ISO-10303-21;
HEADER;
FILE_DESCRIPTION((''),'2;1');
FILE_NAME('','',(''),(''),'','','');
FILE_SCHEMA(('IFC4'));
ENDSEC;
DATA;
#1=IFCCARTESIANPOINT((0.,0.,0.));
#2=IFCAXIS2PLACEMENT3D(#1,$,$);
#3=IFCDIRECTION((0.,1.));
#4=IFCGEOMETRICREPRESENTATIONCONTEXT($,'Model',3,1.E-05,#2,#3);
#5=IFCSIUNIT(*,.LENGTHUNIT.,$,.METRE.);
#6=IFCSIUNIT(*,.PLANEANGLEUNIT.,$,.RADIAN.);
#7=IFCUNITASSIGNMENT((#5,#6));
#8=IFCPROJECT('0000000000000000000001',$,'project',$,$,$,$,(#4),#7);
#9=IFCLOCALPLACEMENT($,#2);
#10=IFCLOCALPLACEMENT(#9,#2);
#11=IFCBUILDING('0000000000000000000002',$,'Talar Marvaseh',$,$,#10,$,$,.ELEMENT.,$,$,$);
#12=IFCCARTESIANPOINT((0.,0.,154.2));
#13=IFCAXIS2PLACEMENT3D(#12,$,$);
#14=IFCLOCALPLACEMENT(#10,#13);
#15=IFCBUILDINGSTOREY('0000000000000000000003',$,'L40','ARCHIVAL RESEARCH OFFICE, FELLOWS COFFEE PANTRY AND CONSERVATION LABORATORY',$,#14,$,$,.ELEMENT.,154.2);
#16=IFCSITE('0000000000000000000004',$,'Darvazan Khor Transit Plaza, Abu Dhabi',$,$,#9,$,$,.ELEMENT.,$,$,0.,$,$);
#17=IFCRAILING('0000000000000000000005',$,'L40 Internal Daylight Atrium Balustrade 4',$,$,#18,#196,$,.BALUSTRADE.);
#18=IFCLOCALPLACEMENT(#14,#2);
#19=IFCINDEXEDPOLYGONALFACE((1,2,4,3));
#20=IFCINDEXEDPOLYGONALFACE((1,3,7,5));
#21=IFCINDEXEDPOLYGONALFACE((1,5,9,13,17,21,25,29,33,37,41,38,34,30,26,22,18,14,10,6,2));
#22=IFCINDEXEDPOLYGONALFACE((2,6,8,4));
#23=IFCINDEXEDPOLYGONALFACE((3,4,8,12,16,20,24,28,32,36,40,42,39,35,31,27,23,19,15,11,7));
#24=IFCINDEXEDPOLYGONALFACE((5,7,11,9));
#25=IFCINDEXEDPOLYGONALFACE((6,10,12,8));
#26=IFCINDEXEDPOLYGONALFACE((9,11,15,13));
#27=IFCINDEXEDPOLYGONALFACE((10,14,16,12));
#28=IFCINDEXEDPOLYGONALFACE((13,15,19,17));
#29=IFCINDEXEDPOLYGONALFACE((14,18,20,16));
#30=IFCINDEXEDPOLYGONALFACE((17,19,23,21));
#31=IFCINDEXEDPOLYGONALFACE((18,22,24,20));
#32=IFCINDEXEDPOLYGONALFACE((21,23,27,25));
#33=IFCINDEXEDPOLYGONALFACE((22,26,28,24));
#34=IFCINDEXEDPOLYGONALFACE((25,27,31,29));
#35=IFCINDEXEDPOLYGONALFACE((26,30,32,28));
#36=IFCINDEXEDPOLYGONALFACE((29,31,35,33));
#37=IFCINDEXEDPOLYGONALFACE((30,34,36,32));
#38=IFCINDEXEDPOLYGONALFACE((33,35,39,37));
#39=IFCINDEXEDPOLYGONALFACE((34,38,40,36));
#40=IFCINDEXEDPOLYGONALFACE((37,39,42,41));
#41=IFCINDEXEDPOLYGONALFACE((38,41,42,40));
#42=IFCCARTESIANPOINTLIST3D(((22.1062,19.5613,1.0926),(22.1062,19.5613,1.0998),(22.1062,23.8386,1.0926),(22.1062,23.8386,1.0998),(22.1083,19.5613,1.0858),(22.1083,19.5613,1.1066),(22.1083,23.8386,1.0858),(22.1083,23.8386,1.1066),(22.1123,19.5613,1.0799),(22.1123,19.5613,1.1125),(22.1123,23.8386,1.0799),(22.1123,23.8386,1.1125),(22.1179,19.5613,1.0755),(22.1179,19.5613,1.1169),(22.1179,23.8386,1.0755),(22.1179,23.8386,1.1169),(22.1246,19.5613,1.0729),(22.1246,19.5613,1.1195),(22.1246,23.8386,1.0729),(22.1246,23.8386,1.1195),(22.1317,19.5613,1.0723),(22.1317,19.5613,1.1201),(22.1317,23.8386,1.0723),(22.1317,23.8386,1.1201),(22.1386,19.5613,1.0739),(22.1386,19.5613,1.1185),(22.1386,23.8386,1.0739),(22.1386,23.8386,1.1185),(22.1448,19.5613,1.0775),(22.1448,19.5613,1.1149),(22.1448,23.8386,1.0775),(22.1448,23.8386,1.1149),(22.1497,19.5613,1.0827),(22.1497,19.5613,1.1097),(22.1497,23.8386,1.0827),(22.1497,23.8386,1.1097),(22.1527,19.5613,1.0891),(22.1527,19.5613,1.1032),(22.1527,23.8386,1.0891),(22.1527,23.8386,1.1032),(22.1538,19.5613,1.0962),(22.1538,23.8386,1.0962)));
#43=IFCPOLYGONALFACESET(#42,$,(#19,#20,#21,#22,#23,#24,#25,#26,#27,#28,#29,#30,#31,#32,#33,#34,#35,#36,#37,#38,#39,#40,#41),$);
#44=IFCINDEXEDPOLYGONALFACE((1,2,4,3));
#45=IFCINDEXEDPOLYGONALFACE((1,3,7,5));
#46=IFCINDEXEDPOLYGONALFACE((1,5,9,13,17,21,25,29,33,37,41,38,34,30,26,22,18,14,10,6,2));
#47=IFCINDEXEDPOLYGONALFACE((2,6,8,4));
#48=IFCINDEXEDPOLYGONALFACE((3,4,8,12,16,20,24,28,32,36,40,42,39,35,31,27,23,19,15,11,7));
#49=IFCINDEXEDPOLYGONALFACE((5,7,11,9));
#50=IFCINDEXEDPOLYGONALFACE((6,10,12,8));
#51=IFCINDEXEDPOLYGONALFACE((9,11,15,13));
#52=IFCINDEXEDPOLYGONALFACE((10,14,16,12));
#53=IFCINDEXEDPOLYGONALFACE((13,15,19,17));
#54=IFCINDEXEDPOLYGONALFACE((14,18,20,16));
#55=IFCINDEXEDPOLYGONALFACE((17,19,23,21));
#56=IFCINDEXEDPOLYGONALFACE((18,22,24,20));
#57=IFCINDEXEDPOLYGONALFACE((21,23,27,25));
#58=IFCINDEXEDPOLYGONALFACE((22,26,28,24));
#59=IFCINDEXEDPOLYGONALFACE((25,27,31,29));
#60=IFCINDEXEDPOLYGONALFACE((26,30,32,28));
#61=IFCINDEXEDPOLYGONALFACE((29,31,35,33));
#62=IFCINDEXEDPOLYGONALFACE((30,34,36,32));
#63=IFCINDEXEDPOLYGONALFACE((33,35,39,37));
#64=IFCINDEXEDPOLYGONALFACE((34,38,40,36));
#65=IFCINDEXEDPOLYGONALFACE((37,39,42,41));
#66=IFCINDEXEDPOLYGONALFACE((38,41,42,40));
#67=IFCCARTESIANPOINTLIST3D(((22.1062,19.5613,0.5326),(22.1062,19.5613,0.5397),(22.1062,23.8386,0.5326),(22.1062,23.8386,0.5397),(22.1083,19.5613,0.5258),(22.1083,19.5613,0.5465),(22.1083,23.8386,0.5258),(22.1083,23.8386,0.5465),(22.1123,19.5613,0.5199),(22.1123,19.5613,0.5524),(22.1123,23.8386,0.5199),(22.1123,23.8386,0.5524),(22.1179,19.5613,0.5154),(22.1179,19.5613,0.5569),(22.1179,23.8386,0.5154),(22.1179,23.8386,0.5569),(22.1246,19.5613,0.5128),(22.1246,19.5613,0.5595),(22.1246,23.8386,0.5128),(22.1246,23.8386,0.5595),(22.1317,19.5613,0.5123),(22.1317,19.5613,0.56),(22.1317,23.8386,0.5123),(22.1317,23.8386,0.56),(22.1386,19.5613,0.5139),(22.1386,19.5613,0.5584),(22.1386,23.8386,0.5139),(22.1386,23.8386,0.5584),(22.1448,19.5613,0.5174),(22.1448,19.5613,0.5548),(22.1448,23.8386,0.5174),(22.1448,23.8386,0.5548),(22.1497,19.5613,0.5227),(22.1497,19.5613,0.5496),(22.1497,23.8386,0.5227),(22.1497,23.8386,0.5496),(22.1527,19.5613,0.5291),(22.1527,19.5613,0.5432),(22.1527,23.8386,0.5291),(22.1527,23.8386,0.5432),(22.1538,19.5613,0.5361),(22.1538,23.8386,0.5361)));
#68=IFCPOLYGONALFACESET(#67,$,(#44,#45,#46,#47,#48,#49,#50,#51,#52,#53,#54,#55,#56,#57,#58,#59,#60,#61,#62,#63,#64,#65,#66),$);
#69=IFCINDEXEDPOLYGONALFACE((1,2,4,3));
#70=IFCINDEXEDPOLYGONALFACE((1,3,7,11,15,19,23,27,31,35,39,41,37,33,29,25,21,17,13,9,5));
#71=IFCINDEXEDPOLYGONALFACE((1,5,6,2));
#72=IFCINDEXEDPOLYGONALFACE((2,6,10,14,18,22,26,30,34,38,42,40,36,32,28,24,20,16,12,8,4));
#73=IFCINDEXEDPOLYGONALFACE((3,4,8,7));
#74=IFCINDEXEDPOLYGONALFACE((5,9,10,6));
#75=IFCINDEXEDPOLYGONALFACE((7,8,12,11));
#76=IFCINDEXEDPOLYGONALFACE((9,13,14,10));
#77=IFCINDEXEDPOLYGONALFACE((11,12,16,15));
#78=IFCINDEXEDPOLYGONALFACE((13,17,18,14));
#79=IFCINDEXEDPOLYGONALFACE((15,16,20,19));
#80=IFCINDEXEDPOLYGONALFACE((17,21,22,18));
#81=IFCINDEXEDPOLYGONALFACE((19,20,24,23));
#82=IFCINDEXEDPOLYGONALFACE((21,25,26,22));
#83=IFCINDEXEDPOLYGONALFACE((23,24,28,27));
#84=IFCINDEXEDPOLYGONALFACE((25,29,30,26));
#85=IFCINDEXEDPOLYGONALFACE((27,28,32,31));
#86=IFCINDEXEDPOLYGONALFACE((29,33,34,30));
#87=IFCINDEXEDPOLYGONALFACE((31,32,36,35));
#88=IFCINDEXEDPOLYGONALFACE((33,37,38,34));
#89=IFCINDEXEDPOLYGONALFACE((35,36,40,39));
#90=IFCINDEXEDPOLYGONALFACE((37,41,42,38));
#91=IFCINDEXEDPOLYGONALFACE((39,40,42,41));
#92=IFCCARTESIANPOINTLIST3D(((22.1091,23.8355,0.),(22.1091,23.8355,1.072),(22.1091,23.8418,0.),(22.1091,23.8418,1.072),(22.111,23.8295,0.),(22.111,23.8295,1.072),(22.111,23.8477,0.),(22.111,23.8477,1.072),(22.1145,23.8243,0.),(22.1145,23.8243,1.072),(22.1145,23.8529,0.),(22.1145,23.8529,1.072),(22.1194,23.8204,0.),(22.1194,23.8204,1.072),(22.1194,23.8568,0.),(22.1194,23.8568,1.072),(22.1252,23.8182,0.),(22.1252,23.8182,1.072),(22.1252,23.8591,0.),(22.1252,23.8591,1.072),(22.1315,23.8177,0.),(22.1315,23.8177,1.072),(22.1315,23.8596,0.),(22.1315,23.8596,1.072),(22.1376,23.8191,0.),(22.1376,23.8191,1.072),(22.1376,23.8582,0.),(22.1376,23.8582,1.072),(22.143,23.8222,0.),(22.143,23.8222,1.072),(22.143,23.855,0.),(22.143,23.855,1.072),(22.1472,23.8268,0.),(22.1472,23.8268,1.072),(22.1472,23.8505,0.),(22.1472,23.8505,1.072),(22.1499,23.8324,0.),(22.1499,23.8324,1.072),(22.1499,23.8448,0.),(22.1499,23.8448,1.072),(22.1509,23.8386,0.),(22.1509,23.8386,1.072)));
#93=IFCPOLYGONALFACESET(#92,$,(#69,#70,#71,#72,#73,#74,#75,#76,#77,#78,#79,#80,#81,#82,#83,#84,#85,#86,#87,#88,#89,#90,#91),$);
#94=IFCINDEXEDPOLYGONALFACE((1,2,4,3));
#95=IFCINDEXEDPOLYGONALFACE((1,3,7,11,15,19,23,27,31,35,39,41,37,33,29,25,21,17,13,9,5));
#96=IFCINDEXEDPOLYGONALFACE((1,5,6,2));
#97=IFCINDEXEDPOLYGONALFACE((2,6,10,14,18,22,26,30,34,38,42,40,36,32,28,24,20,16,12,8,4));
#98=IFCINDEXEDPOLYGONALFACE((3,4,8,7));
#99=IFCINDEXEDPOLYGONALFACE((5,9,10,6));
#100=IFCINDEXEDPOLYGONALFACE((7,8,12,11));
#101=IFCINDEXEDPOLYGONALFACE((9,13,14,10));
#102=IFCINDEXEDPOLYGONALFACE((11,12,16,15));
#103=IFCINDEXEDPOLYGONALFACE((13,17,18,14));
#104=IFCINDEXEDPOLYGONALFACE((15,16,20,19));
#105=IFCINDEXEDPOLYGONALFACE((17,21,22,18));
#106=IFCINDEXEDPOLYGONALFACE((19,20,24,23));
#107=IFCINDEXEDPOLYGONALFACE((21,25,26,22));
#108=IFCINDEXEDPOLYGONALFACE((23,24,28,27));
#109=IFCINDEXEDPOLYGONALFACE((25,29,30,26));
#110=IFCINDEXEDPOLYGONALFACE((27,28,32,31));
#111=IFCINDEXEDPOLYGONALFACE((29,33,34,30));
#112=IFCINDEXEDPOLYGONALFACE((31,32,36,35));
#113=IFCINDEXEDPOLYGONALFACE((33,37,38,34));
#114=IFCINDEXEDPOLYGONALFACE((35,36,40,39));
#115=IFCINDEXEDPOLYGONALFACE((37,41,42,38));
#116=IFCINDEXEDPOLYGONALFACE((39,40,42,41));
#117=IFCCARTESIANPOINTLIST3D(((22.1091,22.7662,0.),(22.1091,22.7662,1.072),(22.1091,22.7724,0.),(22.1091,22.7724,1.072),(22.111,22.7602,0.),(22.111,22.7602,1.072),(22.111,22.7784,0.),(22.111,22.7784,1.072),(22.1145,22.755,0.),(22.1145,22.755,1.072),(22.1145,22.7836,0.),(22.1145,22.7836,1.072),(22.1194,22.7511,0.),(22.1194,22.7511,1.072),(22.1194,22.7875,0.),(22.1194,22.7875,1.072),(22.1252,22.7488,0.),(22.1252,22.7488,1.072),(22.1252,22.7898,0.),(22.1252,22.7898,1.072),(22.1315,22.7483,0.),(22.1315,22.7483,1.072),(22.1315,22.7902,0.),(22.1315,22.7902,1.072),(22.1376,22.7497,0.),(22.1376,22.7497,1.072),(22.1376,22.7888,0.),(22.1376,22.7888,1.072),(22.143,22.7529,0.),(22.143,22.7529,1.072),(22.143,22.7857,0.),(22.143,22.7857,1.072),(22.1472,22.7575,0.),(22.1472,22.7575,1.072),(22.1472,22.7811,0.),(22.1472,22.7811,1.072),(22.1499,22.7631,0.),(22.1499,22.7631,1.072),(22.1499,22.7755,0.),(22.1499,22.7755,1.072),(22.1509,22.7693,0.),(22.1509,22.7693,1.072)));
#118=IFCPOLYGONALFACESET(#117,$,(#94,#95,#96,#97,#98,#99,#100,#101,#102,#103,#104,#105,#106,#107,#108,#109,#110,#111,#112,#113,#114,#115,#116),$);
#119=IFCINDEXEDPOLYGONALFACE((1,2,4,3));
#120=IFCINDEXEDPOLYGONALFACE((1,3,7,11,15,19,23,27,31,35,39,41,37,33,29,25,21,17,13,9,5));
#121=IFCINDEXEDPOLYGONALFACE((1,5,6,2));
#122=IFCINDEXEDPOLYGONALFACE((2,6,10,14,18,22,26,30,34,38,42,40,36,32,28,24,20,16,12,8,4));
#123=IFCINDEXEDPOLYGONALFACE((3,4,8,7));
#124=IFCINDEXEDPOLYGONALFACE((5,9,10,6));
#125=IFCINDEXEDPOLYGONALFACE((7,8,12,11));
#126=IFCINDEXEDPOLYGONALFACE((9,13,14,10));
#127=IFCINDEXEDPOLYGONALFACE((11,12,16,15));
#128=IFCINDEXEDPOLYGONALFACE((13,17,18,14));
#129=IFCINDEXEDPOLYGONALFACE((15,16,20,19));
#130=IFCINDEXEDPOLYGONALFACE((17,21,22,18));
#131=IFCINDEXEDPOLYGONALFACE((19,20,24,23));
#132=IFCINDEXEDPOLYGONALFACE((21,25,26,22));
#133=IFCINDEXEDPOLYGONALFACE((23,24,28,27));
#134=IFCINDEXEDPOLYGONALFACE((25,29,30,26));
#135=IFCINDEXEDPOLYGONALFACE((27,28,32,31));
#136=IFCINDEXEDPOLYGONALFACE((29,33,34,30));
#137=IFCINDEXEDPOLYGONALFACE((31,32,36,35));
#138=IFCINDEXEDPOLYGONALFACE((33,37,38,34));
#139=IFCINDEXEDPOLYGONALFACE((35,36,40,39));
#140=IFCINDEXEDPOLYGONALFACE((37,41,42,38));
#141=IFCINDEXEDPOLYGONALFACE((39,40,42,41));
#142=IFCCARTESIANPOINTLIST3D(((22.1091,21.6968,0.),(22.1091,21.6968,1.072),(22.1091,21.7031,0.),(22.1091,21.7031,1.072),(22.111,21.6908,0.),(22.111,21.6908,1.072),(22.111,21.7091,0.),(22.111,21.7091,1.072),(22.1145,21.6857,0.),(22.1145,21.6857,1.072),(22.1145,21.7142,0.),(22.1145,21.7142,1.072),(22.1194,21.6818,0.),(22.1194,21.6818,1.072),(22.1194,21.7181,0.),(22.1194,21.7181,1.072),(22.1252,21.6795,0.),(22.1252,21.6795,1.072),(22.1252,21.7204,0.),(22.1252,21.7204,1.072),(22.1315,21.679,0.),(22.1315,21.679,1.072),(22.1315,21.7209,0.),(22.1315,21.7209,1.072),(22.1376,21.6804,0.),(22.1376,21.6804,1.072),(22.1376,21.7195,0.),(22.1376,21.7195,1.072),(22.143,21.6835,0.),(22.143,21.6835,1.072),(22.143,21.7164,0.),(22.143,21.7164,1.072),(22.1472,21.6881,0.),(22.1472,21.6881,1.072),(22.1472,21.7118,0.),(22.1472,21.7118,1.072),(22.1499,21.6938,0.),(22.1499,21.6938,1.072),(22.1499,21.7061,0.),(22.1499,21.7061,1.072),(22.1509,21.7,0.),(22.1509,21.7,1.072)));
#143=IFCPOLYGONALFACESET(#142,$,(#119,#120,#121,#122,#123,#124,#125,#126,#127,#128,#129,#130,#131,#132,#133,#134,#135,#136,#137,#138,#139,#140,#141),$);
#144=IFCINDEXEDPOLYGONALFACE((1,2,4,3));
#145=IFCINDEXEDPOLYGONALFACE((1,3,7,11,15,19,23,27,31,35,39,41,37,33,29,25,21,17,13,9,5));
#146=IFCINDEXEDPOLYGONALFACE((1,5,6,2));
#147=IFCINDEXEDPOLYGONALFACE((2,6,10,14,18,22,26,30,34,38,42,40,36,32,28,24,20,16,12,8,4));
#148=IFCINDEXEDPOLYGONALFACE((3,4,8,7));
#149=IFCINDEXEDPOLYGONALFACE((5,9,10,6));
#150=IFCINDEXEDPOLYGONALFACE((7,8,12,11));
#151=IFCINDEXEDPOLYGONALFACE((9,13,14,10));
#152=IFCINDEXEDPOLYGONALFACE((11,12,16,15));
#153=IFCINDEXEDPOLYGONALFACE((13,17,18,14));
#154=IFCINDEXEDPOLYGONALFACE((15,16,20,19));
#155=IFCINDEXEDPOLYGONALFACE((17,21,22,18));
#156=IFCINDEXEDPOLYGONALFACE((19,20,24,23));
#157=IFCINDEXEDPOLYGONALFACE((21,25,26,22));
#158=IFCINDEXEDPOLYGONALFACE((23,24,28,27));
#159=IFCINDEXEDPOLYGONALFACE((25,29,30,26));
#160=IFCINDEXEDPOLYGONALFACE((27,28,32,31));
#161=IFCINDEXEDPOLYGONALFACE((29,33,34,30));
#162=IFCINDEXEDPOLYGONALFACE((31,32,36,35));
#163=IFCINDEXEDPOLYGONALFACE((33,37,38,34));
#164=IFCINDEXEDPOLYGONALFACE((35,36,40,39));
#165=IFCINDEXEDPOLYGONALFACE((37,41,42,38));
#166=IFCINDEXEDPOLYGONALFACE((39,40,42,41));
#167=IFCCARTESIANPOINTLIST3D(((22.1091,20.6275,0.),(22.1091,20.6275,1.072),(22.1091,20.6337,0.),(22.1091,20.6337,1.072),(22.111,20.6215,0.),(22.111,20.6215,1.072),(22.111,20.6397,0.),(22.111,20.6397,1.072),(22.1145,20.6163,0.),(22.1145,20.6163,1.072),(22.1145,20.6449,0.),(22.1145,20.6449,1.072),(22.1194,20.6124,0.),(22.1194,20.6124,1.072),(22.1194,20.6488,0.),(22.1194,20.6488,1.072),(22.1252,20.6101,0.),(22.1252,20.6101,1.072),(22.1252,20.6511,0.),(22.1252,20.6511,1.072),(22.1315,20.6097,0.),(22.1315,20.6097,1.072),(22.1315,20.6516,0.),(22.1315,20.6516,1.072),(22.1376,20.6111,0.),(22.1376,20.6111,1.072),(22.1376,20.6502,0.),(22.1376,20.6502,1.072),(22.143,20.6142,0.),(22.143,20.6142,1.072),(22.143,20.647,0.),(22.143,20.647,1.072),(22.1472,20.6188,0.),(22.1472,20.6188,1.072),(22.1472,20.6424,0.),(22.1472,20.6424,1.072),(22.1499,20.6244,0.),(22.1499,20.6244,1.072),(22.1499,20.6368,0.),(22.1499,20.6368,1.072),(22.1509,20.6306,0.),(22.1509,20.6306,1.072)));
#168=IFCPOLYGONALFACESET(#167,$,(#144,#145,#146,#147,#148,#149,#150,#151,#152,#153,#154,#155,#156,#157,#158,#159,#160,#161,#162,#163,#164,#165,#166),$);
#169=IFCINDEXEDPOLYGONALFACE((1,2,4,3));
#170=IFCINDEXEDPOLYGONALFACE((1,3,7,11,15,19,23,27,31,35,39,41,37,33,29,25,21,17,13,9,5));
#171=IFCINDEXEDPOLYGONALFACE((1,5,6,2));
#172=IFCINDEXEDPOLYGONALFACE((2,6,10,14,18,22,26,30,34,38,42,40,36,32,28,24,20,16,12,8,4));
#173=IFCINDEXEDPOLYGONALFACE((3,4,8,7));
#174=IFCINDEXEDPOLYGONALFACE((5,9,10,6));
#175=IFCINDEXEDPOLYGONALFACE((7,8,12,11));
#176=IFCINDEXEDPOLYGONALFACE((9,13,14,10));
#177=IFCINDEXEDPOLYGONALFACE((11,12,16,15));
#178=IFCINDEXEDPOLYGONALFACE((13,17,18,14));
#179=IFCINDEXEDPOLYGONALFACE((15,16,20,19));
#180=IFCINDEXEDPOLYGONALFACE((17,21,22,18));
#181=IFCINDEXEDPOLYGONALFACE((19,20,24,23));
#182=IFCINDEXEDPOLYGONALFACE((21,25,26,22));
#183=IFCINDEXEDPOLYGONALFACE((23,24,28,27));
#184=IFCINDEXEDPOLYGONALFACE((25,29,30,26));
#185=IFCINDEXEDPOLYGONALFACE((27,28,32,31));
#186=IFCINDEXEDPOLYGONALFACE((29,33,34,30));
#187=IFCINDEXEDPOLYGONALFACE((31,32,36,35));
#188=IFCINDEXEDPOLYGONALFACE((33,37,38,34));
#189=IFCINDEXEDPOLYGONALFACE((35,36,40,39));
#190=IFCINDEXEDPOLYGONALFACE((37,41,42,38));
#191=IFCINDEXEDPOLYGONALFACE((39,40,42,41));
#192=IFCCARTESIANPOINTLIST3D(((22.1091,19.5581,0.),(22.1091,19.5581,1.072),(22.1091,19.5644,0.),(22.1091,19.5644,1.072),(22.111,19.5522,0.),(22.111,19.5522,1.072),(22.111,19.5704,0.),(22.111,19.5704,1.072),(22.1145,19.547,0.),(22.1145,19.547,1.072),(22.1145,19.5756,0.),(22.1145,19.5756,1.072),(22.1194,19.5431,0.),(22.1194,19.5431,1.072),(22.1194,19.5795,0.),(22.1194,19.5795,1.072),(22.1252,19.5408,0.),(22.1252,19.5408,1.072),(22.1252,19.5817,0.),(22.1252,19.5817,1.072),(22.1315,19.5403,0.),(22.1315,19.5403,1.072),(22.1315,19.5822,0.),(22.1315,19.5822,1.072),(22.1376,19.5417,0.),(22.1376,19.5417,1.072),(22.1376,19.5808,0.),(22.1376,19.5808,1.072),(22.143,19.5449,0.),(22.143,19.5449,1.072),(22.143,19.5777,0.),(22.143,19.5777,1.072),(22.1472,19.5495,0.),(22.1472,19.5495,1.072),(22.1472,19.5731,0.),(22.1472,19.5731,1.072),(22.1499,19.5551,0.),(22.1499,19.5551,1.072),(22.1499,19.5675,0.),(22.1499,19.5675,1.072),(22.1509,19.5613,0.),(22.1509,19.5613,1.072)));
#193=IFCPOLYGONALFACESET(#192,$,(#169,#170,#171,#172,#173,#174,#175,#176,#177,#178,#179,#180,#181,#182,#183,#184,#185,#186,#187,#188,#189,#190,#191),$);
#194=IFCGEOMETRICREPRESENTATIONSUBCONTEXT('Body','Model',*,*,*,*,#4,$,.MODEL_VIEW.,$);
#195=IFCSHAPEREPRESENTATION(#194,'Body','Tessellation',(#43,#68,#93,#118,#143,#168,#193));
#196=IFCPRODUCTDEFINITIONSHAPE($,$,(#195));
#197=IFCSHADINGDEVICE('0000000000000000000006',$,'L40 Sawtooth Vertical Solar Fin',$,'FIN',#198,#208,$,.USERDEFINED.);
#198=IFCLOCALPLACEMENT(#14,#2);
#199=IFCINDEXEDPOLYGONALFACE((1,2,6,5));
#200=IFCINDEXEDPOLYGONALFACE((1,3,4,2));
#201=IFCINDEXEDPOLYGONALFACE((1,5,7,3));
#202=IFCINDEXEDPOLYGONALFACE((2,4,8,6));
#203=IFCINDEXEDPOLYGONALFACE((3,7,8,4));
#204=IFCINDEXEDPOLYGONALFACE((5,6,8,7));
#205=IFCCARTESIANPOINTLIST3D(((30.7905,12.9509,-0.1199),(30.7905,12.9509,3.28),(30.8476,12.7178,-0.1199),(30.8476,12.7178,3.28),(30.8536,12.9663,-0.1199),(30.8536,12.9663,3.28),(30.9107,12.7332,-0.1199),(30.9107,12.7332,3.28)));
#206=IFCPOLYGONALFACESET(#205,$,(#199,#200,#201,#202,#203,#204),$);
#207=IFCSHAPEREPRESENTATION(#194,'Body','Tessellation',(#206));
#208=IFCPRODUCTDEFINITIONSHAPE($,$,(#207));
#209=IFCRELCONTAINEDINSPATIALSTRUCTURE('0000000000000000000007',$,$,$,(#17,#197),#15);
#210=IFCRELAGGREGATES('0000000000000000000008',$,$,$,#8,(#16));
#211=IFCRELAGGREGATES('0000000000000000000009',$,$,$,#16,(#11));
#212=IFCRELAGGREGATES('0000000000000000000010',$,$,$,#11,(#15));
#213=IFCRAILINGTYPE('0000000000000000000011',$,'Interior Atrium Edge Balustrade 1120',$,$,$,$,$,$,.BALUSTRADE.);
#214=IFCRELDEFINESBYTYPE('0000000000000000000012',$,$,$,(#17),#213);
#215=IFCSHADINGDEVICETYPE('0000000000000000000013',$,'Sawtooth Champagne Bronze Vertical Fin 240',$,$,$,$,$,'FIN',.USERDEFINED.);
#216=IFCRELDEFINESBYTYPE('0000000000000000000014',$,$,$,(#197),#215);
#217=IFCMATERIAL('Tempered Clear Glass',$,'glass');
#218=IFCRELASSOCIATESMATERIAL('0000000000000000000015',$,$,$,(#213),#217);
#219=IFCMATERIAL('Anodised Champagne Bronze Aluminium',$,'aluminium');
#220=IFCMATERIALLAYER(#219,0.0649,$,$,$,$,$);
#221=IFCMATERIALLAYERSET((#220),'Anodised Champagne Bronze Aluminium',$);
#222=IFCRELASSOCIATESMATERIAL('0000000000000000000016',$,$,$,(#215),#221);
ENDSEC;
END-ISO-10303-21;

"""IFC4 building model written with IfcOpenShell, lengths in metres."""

from ifc_helpers import new_model, si_unit, direction, frame, origin, origin_2d, place, context, subcontext, project, spatial, rectangle, circle, extrude, source, transform, mapped, material, layer, layer_set, type_object, type_shapes, element, save


model = new_model("IFC4")

# Units and contexts
model_context = context("Model", 3, precision=1e-05, world=origin(), true_north=direction((0.0, 1.0)))
body_context = subcontext(model_context, "Body", "Model", "MODEL_VIEW")
ifc_project = project(units=[si_unit("LENGTHUNIT", "METRE"), si_unit("PLANEANGLEUNIT", "RADIAN")], contexts=[model_context])

# Site, building, storey
site_placement = place(None, origin())
site = spatial("IfcSite", under=ifc_project, at=site_placement, Name="Darvazan Khor Transit Plaza, Abu Dhabi", CompositionType="ELEMENT", RefElevation=0.0)
building_placement = place(site_placement, origin())
building = spatial("IfcBuilding", under=site, at=building_placement, Name="Talar Marvaseh", CompositionType="ELEMENT")
storey_placement = place(building_placement, frame((0.0, 0.0, 154.2)))
storey = spatial("IfcBuildingStorey", under=building, at=storey_placement, Name="L40", Description="ARCHIVAL RESEARCH OFFICE, FELLOWS COFFEE PANTRY AND CONSERVATION LABORATORY", CompositionType="ELEMENT", Elevation=154.2)

# Railing
ifc_material_1 = material(Name="Tempered Clear Glass", Category="glass")
railing_type_1 = type_object("IfcRailingType", Name="Interior Atrium Edge Balustrade 1120", PredefinedType="BALUSTRADE", material=ifc_material_1)
railing_1_placement = place(storey_placement, frame((22.1299, 23.8386, 0.0)))
element("IfcRailing", 1, at=railing_1_placement, inside=storey, type_object=railing_type_1, Name="L40 Internal Daylight Atrium Balustrade 4", PredefinedType="BALUSTRADE", context=body_context, shape_type="SweptSolid", body=[
    extrude(circle(Radius=0.0239, at=origin_2d()), frame((0.0, 0.0, 1.0962), z_axis=(0.0, -1.0, 0.0), x_axis=(1.0, 0.0, 0.0)), (0.0, 0.0, 1.0), 4.2773),
    extrude(circle(Radius=0.0239, at=origin_2d()), frame((0.0, 0.0, 0.5361), z_axis=(0.0, -1.0, 0.0), x_axis=(1.0, 0.0, 0.0)), (0.0, 0.0, 1.0), 4.2773),
    extrude(circle(Radius=0.021, at=origin_2d()), origin(), (0.0, 0.0, 1.0), 1.072),
    extrude(circle(Radius=0.021, at=origin_2d()), frame((0.0, -1.0693, 0.0)), (0.0, 0.0, 1.0), 1.072),
    extrude(circle(Radius=0.021, at=origin_2d()), frame((0.0, -2.1387, 0.0)), (0.0, 0.0, 1.0), 1.072),
    extrude(circle(Radius=0.021, at=origin_2d()), frame((0.0, -3.208, 0.0)), (0.0, 0.0, 1.0), 1.072),
    extrude(circle(Radius=0.021, at=origin_2d()), frame((0.0, -4.2773, 0.0)), (0.0, 0.0, 1.0), 1.072),
])

# Shading device
ifc_material_2 = material(Name="Anodised Champagne Bronze Aluminium", Category="aluminium")
ifc_layer_1 = layer(ifc_material_2, 0.0649)
ifc_layer_set_1 = layer_set([ifc_layer_1], Name="Anodised Champagne Bronze Aluminium")
shading_device_type = type_object("IfcShadingDeviceType", Name="Sawtooth Champagne Bronze Vertical Fin 240", ElementType="FIN", PredefinedType="USERDEFINED", material=ifc_layer_set_1)
shared_shape_1 = source(origin(), body_context, "Body", "SweptSolid", [
    extrude(rectangle(XDim=0.24, YDim=0.0649, at=origin_2d()), origin(), (0.0, 0.0, 1.0), 3.3999),
])
type_shapes(shading_device_type, [shared_shape_1])
for number, where, z_axis, x_axis, name in (
    (2, (30.8506, 12.842, -0.1199), (0.0, 0.0, 1.0), (0.237855, -0.971301, 0.0), "L40 Sawtooth Vertical Solar Fin"),
):
    element("IfcShadingDevice", number, at=place(storey_placement, frame(where, z_axis=z_axis, x_axis=x_axis)), inside=storey, type_object=shading_device_type, Name=name, ObjectType="FIN", PredefinedType="USERDEFINED", context=body_context, shape_type="MappedRepresentation", body=[
        mapped(shared_shape_1, transform((0.0, 0.0, 0.0), x_axis=(1.0, 0.0, 0.0), y_axis=(0.0, 1.0, 0.0), z_axis=(0.0, 0.0, 1.0), scale=1.0)),
    ])

save(model, "model.ifc")
